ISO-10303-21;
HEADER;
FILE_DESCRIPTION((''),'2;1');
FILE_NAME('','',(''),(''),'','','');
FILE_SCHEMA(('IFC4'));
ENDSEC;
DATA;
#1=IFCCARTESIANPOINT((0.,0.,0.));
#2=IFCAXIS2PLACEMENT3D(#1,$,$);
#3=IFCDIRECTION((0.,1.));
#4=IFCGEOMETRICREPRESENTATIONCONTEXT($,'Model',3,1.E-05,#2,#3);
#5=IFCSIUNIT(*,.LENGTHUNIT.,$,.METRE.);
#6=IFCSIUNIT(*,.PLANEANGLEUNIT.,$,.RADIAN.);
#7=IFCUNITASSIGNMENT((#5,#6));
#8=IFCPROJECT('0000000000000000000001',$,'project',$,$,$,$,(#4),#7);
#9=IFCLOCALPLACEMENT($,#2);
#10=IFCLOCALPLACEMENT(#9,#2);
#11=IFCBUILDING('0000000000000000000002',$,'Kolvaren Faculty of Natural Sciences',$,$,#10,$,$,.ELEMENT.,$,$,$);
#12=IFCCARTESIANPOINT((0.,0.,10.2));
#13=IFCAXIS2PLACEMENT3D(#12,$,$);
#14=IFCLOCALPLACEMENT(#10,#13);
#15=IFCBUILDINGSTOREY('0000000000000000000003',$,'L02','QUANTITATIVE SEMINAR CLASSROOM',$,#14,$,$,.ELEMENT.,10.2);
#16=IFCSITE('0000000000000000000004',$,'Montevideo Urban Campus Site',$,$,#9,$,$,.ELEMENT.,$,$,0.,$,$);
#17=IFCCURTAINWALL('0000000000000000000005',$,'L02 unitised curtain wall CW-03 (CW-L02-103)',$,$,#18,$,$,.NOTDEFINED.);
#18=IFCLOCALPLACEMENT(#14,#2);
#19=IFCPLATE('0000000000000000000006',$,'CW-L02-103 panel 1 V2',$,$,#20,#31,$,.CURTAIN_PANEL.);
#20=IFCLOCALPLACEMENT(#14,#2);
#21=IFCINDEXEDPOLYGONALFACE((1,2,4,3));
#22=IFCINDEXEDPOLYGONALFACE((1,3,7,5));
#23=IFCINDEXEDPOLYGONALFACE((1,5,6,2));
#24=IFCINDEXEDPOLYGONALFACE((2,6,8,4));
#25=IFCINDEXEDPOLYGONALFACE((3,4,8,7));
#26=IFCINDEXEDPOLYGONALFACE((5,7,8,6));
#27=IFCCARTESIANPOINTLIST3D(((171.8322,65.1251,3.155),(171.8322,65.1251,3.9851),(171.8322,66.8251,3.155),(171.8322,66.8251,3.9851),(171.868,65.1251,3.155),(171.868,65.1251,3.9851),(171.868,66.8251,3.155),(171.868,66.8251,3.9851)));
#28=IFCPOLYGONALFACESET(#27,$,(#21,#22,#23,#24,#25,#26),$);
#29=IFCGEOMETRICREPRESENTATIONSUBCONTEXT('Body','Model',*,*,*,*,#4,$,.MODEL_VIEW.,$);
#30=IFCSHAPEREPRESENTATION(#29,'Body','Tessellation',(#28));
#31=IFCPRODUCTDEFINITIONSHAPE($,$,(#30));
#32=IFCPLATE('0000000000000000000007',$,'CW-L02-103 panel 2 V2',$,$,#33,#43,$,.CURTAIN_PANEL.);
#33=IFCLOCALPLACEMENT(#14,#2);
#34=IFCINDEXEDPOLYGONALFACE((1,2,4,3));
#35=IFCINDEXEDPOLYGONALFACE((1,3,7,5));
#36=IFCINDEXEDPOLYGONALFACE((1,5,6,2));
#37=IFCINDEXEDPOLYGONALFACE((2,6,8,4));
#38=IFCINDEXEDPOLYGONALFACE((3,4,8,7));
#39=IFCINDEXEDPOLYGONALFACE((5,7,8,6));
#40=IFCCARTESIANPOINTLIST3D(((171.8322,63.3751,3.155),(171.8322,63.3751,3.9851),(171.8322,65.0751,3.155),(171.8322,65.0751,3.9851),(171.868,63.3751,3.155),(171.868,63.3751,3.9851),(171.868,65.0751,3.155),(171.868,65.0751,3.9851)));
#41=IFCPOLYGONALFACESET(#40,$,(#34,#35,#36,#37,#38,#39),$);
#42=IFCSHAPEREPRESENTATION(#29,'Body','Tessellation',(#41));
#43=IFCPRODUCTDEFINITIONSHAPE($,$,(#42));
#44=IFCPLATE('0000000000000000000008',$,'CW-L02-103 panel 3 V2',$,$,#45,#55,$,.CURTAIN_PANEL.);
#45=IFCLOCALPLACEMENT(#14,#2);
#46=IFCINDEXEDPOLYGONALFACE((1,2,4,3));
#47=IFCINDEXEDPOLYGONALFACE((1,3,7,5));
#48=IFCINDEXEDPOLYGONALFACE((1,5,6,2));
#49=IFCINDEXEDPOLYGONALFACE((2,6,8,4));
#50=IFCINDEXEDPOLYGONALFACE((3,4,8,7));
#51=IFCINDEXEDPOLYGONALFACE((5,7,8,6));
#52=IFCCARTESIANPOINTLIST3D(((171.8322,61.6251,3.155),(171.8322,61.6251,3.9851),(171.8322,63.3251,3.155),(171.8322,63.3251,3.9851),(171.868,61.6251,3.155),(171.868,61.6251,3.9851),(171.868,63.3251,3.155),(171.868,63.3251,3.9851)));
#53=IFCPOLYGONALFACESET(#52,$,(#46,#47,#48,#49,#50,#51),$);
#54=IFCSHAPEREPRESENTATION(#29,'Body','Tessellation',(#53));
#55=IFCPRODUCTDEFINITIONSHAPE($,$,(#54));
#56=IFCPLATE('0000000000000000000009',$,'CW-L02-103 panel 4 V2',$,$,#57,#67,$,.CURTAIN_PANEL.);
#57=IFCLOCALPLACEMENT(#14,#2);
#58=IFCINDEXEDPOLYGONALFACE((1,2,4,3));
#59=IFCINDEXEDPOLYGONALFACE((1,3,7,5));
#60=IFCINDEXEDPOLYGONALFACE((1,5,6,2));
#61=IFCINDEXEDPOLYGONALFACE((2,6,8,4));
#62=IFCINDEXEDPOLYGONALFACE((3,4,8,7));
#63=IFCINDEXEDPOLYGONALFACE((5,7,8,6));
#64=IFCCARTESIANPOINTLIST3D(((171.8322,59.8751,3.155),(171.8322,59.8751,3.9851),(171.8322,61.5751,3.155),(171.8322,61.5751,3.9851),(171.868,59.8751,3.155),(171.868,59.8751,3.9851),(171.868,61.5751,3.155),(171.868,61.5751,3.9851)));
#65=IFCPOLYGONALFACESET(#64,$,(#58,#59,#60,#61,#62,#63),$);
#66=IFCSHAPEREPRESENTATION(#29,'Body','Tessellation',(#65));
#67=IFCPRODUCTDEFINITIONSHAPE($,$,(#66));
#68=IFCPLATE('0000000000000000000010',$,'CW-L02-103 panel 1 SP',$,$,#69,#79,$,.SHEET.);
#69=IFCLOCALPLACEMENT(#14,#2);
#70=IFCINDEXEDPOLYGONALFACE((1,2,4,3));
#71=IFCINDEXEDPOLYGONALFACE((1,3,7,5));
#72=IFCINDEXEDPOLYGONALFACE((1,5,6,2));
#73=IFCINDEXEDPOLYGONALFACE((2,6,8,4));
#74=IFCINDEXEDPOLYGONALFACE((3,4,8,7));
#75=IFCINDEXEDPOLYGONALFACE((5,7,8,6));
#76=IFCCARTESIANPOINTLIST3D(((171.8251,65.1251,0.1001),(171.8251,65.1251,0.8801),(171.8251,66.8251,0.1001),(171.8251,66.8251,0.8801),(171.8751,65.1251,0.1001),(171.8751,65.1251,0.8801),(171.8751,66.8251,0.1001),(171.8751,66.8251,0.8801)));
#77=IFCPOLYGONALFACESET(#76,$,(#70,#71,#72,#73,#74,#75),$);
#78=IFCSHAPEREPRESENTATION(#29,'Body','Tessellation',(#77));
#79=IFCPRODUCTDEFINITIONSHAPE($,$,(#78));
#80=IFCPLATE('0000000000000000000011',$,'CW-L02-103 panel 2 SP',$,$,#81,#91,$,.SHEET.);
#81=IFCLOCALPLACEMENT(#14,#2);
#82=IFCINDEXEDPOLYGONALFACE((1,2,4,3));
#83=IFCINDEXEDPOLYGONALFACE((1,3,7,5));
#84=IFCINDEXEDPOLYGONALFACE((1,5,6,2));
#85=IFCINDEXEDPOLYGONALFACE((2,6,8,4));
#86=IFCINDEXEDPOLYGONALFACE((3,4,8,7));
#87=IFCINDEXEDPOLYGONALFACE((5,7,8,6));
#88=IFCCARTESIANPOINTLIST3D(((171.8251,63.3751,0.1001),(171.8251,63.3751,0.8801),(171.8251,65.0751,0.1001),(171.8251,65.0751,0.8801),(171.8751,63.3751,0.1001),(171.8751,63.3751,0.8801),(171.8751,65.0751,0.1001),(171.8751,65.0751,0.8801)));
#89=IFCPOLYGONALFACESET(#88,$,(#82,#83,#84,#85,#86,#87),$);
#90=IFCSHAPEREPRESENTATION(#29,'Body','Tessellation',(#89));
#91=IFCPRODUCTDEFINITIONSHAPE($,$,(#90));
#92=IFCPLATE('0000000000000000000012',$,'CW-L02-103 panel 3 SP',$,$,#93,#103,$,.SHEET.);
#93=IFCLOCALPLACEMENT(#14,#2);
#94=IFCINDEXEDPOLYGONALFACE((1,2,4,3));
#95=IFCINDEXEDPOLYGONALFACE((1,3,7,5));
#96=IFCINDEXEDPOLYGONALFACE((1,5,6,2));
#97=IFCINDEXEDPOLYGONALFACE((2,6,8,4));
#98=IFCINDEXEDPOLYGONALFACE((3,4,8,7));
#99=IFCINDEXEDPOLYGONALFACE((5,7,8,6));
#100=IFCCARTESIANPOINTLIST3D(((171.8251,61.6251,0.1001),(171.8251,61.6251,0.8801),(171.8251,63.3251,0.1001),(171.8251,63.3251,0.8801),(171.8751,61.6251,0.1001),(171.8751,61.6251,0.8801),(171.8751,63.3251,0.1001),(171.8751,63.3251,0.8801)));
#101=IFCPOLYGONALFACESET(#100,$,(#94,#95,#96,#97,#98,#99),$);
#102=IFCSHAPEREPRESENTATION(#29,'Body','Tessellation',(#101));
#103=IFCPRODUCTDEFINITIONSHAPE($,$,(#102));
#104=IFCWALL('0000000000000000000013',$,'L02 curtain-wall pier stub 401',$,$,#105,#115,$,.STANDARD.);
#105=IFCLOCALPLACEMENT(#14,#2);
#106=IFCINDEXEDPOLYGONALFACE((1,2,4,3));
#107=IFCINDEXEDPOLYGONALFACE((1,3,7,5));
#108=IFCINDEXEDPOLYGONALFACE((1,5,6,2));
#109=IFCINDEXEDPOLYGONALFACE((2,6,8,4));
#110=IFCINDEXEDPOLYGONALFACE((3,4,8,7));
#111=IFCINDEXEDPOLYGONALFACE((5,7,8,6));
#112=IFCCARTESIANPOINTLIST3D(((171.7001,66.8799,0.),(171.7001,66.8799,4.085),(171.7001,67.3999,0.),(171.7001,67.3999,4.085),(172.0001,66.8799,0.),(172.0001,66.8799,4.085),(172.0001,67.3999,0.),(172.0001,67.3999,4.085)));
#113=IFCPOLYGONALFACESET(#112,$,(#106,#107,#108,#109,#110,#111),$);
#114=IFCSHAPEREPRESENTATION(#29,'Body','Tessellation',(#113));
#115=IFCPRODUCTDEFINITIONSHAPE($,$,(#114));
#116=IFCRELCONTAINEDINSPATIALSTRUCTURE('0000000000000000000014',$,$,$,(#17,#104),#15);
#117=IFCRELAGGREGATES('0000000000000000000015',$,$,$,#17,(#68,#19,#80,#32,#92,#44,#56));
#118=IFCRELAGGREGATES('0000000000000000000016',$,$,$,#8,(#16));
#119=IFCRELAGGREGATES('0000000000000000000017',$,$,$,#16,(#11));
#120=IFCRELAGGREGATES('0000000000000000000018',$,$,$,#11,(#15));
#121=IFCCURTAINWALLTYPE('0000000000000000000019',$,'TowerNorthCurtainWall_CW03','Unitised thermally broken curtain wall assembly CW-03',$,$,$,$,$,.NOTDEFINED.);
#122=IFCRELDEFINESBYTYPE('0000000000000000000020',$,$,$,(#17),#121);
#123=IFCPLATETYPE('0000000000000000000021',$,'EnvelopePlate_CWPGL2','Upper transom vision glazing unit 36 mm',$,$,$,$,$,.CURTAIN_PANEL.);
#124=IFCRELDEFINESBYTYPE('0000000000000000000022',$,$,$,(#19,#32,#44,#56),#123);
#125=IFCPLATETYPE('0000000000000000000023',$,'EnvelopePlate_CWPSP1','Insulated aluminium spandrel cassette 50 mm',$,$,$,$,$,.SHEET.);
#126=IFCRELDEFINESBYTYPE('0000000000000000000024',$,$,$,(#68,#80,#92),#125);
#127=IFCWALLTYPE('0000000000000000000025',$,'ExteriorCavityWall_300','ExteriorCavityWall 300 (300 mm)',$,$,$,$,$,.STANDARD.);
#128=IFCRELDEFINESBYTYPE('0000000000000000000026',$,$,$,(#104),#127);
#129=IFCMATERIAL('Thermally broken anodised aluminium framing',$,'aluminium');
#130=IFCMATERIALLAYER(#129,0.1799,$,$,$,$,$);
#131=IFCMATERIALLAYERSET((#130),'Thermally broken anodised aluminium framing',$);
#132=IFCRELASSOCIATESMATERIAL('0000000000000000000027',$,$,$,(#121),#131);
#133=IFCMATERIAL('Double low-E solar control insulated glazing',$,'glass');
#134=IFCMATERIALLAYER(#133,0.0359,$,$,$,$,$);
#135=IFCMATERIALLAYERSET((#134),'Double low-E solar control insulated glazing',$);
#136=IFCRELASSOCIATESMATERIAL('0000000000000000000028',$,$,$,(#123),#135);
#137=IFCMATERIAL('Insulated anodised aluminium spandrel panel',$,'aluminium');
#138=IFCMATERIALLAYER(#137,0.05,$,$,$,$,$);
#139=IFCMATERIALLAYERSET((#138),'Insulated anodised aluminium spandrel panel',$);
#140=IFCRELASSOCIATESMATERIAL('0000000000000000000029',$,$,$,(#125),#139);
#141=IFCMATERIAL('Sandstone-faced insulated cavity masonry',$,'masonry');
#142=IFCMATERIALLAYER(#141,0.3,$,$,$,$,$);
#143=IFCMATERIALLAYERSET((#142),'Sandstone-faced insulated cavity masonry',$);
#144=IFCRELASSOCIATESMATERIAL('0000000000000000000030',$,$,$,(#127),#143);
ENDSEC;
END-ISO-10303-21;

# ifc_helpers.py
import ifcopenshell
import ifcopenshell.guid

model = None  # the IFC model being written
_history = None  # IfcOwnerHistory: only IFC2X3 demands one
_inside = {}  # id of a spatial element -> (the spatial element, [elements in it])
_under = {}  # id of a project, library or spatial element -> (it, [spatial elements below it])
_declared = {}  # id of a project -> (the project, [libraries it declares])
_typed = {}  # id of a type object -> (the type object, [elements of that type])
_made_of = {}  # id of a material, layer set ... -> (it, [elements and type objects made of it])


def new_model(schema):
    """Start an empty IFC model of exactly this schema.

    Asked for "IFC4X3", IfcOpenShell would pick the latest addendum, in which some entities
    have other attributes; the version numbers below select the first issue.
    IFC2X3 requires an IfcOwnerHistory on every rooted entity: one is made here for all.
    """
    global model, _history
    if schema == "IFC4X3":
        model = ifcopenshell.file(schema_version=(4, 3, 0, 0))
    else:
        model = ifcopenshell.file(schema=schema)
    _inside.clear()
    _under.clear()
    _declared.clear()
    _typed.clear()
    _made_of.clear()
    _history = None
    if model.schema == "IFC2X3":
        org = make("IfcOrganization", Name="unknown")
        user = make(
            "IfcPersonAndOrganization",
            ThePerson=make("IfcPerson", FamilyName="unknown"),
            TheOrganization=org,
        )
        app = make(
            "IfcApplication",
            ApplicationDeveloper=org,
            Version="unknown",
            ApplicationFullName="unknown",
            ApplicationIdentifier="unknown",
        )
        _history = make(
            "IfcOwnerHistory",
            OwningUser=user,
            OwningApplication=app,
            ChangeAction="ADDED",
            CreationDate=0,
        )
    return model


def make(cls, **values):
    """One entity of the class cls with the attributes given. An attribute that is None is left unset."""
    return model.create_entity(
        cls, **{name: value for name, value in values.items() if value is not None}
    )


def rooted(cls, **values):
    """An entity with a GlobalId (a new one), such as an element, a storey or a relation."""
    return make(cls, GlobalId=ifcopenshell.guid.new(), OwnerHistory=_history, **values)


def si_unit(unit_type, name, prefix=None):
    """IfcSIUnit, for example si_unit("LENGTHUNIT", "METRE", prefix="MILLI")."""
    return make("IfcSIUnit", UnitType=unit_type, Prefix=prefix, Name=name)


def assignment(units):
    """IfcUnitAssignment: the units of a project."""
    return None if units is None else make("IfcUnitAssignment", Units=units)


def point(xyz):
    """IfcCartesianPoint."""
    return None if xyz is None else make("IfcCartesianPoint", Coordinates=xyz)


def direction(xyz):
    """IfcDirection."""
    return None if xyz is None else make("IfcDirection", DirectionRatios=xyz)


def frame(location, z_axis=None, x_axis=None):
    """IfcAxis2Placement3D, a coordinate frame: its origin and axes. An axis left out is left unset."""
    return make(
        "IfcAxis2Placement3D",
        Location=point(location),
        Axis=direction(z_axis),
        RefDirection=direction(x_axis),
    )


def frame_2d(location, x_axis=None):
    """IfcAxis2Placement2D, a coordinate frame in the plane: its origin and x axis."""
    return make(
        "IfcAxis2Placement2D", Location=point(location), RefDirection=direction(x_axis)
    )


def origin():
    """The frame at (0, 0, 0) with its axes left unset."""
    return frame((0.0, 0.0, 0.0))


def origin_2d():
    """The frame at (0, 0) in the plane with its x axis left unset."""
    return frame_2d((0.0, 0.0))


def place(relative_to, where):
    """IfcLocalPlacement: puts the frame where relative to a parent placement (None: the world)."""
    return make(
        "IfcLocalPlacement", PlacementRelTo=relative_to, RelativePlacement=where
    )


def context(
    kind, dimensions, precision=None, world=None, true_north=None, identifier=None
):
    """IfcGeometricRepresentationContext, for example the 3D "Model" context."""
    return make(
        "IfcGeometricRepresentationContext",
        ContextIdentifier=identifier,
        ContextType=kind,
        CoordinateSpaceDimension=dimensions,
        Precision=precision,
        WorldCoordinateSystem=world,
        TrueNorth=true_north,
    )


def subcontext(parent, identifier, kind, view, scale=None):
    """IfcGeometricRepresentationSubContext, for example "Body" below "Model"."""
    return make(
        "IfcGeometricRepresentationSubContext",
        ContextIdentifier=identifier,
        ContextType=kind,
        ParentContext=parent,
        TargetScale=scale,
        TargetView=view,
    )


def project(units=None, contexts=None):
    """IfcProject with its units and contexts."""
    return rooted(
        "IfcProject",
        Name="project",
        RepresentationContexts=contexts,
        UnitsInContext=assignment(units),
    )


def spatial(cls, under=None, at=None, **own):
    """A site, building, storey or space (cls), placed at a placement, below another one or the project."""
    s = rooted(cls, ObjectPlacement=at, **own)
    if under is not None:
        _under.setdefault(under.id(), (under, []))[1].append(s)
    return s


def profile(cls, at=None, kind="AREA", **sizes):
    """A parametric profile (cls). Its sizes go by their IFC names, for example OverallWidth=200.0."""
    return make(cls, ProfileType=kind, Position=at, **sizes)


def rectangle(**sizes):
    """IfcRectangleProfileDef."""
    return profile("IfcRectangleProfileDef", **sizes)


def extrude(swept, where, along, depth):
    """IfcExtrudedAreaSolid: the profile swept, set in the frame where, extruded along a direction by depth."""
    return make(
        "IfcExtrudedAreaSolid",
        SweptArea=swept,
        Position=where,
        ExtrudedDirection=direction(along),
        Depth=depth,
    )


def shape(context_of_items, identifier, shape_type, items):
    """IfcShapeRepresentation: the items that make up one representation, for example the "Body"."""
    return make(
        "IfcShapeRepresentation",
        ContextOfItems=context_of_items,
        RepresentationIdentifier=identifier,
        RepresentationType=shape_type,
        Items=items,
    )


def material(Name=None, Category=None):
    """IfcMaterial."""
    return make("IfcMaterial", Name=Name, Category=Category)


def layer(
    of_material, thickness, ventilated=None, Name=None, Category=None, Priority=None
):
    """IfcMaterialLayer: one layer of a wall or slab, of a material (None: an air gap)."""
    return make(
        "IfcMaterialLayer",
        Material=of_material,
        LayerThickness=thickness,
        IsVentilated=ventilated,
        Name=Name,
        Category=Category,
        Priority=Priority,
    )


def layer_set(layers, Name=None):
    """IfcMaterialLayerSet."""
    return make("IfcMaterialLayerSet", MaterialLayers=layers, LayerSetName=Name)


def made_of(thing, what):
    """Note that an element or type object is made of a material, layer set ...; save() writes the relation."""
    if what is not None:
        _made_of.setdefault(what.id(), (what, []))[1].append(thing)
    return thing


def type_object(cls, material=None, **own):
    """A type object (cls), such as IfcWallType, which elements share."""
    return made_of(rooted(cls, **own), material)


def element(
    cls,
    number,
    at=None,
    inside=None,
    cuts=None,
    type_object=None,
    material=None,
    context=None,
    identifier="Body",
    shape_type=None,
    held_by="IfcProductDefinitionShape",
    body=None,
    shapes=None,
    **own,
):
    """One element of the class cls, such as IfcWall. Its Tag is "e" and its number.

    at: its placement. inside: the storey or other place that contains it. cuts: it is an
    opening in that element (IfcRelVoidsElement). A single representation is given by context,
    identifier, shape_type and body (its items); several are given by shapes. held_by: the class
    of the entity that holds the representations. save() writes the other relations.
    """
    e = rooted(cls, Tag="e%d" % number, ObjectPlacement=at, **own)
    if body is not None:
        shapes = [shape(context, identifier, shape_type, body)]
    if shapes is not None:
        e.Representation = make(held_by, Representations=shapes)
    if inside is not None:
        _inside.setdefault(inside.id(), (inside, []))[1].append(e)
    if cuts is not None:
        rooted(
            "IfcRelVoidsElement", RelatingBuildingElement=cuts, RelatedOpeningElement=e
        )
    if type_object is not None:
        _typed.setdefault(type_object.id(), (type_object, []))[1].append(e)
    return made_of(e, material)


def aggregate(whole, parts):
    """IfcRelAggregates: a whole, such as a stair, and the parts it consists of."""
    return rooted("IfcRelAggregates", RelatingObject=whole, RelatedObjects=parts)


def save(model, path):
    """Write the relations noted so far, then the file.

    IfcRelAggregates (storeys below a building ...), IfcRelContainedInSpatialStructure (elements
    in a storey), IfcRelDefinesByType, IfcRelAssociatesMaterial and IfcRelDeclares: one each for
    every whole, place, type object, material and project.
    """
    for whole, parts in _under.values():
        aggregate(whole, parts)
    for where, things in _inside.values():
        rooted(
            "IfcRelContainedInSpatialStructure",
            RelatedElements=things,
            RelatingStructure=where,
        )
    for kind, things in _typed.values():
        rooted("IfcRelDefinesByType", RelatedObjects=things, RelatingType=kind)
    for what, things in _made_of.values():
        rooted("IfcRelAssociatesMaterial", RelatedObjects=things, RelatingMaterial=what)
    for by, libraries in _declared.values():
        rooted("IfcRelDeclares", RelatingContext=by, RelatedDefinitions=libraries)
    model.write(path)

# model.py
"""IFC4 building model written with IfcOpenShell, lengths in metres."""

from ifc_helpers import new_model, si_unit, direction, frame, frame_2d, origin, origin_2d, place, context, subcontext, project, spatial, rectangle, extrude, material, layer, layer_set, type_object, element, aggregate, save


model = new_model("IFC4")

# Units and contexts
model_context = context("Model", 3, precision=1e-05, world=origin(), true_north=direction((0.0, 1.0)))
body_context = subcontext(model_context, "Body", "Model", "MODEL_VIEW")
ifc_project = project(units=[si_unit("LENGTHUNIT", "METRE"), si_unit("PLANEANGLEUNIT", "RADIAN")], contexts=[model_context])

# Site, building, storey
site_placement = place(None, origin())
site = spatial("IfcSite", under=ifc_project, at=site_placement, Name="Montevideo Urban Campus Site", CompositionType="ELEMENT", RefElevation=0.0)
building_placement = place(site_placement, origin())
building = spatial("IfcBuilding", under=site, at=building_placement, Name="Kolvaren Faculty of Natural Sciences", CompositionType="ELEMENT")
storey_placement = place(building_placement, frame((0.0, 0.0, 10.2)))
storey = spatial("IfcBuildingStorey", under=building, at=storey_placement, Name="L02", Description="QUANTITATIVE SEMINAR CLASSROOM", CompositionType="ELEMENT", Elevation=10.2)

# Curtain wall
ifc_material_1 = material(Name="Thermally broken anodised aluminium framing", Category="aluminium")
ifc_layer_1 = layer(ifc_material_1, 0.1799)
ifc_layer_set_1 = layer_set([ifc_layer_1], Name="Thermally broken anodised aluminium framing")
curtain_wall_type = type_object("IfcCurtainWallType", Name="TowerNorthCurtainWall_CW03", Description="Unitised thermally broken curtain wall assembly CW-03", PredefinedType="NOTDEFINED", material=ifc_layer_set_1)
curtain_wall_placement = place(storey_placement, origin())
curtain_wall = element("IfcCurtainWall", 1, at=curtain_wall_placement, inside=storey, type_object=curtain_wall_type, Name="L02 unitised curtain wall CW-03 (CW-L02-103)", PredefinedType="NOTDEFINED")

# Plates
ifc_material_2 = material(Name="Double low-E solar control insulated glazing", Category="glass")
ifc_layer_2 = layer(ifc_material_2, 0.0359)
ifc_layer_set_2 = layer_set([ifc_layer_2], Name="Double low-E solar control insulated glazing")
plate_type_1 = type_object("IfcPlateType", Name="EnvelopePlate_CWPGL2", Description="Upper transom vision glazing unit 36 mm", PredefinedType="CURTAIN_PANEL", material=ifc_layer_set_2)
plate_1_placement = place(storey_placement, frame((171.8501, 65.9751, 3.155), z_axis=(0.0, 0.0, 1.0), x_axis=(0.0, -1.0, 0.0)))
plate_1 = element("IfcPlate", 2, at=plate_1_placement, type_object=plate_type_1, Name="CW-L02-103 panel 1 V2", PredefinedType="CURTAIN_PANEL", context=body_context, shape_type="SweptSolid", body=[
    extrude(rectangle(XDim=1.7, YDim=0.0359, at=origin_2d()), origin(), (0.0, 0.0, 1.0), 0.8301),
])
plate_2_placement = place(storey_placement, frame((171.8501, 64.2251, 3.155), z_axis=(0.0, 0.0, 1.0), x_axis=(0.0, -1.0, 0.0)))
plate_2 = element("IfcPlate", 3, at=plate_2_placement, type_object=plate_type_1, Name="CW-L02-103 panel 2 V2", PredefinedType="CURTAIN_PANEL", context=body_context, shape_type="SweptSolid", body=[
    extrude(rectangle(XDim=1.7, YDim=0.0359, at=origin_2d()), origin(), (0.0, 0.0, 1.0), 0.8301),
])
plate_3_placement = place(storey_placement, frame((171.8501, 62.4751, 3.155), z_axis=(0.0, 0.0, 1.0), x_axis=(0.0, -1.0, 0.0)))
plate_3 = element("IfcPlate", 4, at=plate_3_placement, type_object=plate_type_1, Name="CW-L02-103 panel 3 V2", PredefinedType="CURTAIN_PANEL", context=body_context, shape_type="SweptSolid", body=[
    extrude(rectangle(XDim=1.7, YDim=0.0359, at=origin_2d()), origin(), (0.0, 0.0, 1.0), 0.8301),
])
plate_4_placement = place(storey_placement, frame((171.8501, 60.7251, 3.155), z_axis=(0.0, 0.0, 1.0), x_axis=(0.0, -1.0, 0.0)))
plate_4 = element("IfcPlate", 5, at=plate_4_placement, type_object=plate_type_1, Name="CW-L02-103 panel 4 V2", PredefinedType="CURTAIN_PANEL", context=body_context, shape_type="SweptSolid", body=[
    extrude(rectangle(XDim=1.7, YDim=0.0359, at=origin_2d()), origin(), (0.0, 0.0, 1.0), 0.8301),
])
ifc_material_3 = material(Name="Insulated anodised aluminium spandrel panel", Category="aluminium")
ifc_layer_3 = layer(ifc_material_3, 0.05)
ifc_layer_set_3 = layer_set([ifc_layer_3], Name="Insulated anodised aluminium spandrel panel")
plate_type_2 = type_object("IfcPlateType", Name="EnvelopePlate_CWPSP1", Description="Insulated aluminium spandrel cassette 50 mm", PredefinedType="SHEET", material=ifc_layer_set_3)
plate_5_placement = place(storey_placement, frame((171.8501, 65.9751, 0.1001), z_axis=(0.0, 0.0, 1.0), x_axis=(0.0, -1.0, 0.0)))
plate_5 = element("IfcPlate", 6, at=plate_5_placement, type_object=plate_type_2, Name="CW-L02-103 panel 1 SP", PredefinedType="SHEET", context=body_context, shape_type="SweptSolid", body=[
    extrude(rectangle(XDim=1.7, YDim=0.05, at=origin_2d()), origin(), (0.0, 0.0, 1.0), 0.78),
])
plate_6_placement = place(storey_placement, frame((171.8501, 64.2251, 0.1001), z_axis=(0.0, 0.0, 1.0), x_axis=(0.0, -1.0, 0.0)))
plate_6 = element("IfcPlate", 7, at=plate_6_placement, type_object=plate_type_2, Name="CW-L02-103 panel 2 SP", PredefinedType="SHEET", context=body_context, shape_type="SweptSolid", body=[
    extrude(rectangle(XDim=1.7, YDim=0.05, at=origin_2d()), origin(), (0.0, 0.0, 1.0), 0.78),
])
plate_7_placement = place(storey_placement, frame((171.8501, 62.4751, 0.1001), z_axis=(0.0, 0.0, 1.0), x_axis=(0.0, -1.0, 0.0)))
plate_7 = element("IfcPlate", 8, at=plate_7_placement, type_object=plate_type_2, Name="CW-L02-103 panel 3 SP", PredefinedType="SHEET", context=body_context, shape_type="SweptSolid", body=[
    extrude(rectangle(XDim=1.7, YDim=0.05, at=origin_2d()), origin(), (0.0, 0.0, 1.0), 0.78),
])
aggregate(curtain_wall, [plate_5, plate_1, plate_6, plate_2, plate_7, plate_3, plate_4])

# Wall
ifc_material_4 = material(Name="Sandstone-faced insulated cavity masonry", Category="masonry")
ifc_layer_4 = layer(ifc_material_4, 0.3)
ifc_layer_set_4 = layer_set([ifc_layer_4], Name="Sandstone-faced insulated cavity masonry")
wall_type = type_object("IfcWallType", Name="ExteriorCavityWall_300", Description="ExteriorCavityWall 300 (300 mm)", PredefinedType="STANDARD", material=ifc_layer_set_4)
wall_placement = place(storey_placement, frame((171.8501, 67.3999, 0.0), z_axis=(0.0, 0.0, 1.0), x_axis=(0.0, -1.0, 0.0)))
element("IfcWall", 9, at=wall_placement, inside=storey, type_object=wall_type, Name="L02 curtain-wall pier stub 401", PredefinedType="STANDARD", context=body_context, shape_type="SweptSolid", body=[
    extrude(rectangle(XDim=0.52, YDim=0.3, at=frame_2d((0.26, 0.0))), origin(), (0.0, 0.0, 1.0), 4.085),
])

save(model, "model.ifc")
